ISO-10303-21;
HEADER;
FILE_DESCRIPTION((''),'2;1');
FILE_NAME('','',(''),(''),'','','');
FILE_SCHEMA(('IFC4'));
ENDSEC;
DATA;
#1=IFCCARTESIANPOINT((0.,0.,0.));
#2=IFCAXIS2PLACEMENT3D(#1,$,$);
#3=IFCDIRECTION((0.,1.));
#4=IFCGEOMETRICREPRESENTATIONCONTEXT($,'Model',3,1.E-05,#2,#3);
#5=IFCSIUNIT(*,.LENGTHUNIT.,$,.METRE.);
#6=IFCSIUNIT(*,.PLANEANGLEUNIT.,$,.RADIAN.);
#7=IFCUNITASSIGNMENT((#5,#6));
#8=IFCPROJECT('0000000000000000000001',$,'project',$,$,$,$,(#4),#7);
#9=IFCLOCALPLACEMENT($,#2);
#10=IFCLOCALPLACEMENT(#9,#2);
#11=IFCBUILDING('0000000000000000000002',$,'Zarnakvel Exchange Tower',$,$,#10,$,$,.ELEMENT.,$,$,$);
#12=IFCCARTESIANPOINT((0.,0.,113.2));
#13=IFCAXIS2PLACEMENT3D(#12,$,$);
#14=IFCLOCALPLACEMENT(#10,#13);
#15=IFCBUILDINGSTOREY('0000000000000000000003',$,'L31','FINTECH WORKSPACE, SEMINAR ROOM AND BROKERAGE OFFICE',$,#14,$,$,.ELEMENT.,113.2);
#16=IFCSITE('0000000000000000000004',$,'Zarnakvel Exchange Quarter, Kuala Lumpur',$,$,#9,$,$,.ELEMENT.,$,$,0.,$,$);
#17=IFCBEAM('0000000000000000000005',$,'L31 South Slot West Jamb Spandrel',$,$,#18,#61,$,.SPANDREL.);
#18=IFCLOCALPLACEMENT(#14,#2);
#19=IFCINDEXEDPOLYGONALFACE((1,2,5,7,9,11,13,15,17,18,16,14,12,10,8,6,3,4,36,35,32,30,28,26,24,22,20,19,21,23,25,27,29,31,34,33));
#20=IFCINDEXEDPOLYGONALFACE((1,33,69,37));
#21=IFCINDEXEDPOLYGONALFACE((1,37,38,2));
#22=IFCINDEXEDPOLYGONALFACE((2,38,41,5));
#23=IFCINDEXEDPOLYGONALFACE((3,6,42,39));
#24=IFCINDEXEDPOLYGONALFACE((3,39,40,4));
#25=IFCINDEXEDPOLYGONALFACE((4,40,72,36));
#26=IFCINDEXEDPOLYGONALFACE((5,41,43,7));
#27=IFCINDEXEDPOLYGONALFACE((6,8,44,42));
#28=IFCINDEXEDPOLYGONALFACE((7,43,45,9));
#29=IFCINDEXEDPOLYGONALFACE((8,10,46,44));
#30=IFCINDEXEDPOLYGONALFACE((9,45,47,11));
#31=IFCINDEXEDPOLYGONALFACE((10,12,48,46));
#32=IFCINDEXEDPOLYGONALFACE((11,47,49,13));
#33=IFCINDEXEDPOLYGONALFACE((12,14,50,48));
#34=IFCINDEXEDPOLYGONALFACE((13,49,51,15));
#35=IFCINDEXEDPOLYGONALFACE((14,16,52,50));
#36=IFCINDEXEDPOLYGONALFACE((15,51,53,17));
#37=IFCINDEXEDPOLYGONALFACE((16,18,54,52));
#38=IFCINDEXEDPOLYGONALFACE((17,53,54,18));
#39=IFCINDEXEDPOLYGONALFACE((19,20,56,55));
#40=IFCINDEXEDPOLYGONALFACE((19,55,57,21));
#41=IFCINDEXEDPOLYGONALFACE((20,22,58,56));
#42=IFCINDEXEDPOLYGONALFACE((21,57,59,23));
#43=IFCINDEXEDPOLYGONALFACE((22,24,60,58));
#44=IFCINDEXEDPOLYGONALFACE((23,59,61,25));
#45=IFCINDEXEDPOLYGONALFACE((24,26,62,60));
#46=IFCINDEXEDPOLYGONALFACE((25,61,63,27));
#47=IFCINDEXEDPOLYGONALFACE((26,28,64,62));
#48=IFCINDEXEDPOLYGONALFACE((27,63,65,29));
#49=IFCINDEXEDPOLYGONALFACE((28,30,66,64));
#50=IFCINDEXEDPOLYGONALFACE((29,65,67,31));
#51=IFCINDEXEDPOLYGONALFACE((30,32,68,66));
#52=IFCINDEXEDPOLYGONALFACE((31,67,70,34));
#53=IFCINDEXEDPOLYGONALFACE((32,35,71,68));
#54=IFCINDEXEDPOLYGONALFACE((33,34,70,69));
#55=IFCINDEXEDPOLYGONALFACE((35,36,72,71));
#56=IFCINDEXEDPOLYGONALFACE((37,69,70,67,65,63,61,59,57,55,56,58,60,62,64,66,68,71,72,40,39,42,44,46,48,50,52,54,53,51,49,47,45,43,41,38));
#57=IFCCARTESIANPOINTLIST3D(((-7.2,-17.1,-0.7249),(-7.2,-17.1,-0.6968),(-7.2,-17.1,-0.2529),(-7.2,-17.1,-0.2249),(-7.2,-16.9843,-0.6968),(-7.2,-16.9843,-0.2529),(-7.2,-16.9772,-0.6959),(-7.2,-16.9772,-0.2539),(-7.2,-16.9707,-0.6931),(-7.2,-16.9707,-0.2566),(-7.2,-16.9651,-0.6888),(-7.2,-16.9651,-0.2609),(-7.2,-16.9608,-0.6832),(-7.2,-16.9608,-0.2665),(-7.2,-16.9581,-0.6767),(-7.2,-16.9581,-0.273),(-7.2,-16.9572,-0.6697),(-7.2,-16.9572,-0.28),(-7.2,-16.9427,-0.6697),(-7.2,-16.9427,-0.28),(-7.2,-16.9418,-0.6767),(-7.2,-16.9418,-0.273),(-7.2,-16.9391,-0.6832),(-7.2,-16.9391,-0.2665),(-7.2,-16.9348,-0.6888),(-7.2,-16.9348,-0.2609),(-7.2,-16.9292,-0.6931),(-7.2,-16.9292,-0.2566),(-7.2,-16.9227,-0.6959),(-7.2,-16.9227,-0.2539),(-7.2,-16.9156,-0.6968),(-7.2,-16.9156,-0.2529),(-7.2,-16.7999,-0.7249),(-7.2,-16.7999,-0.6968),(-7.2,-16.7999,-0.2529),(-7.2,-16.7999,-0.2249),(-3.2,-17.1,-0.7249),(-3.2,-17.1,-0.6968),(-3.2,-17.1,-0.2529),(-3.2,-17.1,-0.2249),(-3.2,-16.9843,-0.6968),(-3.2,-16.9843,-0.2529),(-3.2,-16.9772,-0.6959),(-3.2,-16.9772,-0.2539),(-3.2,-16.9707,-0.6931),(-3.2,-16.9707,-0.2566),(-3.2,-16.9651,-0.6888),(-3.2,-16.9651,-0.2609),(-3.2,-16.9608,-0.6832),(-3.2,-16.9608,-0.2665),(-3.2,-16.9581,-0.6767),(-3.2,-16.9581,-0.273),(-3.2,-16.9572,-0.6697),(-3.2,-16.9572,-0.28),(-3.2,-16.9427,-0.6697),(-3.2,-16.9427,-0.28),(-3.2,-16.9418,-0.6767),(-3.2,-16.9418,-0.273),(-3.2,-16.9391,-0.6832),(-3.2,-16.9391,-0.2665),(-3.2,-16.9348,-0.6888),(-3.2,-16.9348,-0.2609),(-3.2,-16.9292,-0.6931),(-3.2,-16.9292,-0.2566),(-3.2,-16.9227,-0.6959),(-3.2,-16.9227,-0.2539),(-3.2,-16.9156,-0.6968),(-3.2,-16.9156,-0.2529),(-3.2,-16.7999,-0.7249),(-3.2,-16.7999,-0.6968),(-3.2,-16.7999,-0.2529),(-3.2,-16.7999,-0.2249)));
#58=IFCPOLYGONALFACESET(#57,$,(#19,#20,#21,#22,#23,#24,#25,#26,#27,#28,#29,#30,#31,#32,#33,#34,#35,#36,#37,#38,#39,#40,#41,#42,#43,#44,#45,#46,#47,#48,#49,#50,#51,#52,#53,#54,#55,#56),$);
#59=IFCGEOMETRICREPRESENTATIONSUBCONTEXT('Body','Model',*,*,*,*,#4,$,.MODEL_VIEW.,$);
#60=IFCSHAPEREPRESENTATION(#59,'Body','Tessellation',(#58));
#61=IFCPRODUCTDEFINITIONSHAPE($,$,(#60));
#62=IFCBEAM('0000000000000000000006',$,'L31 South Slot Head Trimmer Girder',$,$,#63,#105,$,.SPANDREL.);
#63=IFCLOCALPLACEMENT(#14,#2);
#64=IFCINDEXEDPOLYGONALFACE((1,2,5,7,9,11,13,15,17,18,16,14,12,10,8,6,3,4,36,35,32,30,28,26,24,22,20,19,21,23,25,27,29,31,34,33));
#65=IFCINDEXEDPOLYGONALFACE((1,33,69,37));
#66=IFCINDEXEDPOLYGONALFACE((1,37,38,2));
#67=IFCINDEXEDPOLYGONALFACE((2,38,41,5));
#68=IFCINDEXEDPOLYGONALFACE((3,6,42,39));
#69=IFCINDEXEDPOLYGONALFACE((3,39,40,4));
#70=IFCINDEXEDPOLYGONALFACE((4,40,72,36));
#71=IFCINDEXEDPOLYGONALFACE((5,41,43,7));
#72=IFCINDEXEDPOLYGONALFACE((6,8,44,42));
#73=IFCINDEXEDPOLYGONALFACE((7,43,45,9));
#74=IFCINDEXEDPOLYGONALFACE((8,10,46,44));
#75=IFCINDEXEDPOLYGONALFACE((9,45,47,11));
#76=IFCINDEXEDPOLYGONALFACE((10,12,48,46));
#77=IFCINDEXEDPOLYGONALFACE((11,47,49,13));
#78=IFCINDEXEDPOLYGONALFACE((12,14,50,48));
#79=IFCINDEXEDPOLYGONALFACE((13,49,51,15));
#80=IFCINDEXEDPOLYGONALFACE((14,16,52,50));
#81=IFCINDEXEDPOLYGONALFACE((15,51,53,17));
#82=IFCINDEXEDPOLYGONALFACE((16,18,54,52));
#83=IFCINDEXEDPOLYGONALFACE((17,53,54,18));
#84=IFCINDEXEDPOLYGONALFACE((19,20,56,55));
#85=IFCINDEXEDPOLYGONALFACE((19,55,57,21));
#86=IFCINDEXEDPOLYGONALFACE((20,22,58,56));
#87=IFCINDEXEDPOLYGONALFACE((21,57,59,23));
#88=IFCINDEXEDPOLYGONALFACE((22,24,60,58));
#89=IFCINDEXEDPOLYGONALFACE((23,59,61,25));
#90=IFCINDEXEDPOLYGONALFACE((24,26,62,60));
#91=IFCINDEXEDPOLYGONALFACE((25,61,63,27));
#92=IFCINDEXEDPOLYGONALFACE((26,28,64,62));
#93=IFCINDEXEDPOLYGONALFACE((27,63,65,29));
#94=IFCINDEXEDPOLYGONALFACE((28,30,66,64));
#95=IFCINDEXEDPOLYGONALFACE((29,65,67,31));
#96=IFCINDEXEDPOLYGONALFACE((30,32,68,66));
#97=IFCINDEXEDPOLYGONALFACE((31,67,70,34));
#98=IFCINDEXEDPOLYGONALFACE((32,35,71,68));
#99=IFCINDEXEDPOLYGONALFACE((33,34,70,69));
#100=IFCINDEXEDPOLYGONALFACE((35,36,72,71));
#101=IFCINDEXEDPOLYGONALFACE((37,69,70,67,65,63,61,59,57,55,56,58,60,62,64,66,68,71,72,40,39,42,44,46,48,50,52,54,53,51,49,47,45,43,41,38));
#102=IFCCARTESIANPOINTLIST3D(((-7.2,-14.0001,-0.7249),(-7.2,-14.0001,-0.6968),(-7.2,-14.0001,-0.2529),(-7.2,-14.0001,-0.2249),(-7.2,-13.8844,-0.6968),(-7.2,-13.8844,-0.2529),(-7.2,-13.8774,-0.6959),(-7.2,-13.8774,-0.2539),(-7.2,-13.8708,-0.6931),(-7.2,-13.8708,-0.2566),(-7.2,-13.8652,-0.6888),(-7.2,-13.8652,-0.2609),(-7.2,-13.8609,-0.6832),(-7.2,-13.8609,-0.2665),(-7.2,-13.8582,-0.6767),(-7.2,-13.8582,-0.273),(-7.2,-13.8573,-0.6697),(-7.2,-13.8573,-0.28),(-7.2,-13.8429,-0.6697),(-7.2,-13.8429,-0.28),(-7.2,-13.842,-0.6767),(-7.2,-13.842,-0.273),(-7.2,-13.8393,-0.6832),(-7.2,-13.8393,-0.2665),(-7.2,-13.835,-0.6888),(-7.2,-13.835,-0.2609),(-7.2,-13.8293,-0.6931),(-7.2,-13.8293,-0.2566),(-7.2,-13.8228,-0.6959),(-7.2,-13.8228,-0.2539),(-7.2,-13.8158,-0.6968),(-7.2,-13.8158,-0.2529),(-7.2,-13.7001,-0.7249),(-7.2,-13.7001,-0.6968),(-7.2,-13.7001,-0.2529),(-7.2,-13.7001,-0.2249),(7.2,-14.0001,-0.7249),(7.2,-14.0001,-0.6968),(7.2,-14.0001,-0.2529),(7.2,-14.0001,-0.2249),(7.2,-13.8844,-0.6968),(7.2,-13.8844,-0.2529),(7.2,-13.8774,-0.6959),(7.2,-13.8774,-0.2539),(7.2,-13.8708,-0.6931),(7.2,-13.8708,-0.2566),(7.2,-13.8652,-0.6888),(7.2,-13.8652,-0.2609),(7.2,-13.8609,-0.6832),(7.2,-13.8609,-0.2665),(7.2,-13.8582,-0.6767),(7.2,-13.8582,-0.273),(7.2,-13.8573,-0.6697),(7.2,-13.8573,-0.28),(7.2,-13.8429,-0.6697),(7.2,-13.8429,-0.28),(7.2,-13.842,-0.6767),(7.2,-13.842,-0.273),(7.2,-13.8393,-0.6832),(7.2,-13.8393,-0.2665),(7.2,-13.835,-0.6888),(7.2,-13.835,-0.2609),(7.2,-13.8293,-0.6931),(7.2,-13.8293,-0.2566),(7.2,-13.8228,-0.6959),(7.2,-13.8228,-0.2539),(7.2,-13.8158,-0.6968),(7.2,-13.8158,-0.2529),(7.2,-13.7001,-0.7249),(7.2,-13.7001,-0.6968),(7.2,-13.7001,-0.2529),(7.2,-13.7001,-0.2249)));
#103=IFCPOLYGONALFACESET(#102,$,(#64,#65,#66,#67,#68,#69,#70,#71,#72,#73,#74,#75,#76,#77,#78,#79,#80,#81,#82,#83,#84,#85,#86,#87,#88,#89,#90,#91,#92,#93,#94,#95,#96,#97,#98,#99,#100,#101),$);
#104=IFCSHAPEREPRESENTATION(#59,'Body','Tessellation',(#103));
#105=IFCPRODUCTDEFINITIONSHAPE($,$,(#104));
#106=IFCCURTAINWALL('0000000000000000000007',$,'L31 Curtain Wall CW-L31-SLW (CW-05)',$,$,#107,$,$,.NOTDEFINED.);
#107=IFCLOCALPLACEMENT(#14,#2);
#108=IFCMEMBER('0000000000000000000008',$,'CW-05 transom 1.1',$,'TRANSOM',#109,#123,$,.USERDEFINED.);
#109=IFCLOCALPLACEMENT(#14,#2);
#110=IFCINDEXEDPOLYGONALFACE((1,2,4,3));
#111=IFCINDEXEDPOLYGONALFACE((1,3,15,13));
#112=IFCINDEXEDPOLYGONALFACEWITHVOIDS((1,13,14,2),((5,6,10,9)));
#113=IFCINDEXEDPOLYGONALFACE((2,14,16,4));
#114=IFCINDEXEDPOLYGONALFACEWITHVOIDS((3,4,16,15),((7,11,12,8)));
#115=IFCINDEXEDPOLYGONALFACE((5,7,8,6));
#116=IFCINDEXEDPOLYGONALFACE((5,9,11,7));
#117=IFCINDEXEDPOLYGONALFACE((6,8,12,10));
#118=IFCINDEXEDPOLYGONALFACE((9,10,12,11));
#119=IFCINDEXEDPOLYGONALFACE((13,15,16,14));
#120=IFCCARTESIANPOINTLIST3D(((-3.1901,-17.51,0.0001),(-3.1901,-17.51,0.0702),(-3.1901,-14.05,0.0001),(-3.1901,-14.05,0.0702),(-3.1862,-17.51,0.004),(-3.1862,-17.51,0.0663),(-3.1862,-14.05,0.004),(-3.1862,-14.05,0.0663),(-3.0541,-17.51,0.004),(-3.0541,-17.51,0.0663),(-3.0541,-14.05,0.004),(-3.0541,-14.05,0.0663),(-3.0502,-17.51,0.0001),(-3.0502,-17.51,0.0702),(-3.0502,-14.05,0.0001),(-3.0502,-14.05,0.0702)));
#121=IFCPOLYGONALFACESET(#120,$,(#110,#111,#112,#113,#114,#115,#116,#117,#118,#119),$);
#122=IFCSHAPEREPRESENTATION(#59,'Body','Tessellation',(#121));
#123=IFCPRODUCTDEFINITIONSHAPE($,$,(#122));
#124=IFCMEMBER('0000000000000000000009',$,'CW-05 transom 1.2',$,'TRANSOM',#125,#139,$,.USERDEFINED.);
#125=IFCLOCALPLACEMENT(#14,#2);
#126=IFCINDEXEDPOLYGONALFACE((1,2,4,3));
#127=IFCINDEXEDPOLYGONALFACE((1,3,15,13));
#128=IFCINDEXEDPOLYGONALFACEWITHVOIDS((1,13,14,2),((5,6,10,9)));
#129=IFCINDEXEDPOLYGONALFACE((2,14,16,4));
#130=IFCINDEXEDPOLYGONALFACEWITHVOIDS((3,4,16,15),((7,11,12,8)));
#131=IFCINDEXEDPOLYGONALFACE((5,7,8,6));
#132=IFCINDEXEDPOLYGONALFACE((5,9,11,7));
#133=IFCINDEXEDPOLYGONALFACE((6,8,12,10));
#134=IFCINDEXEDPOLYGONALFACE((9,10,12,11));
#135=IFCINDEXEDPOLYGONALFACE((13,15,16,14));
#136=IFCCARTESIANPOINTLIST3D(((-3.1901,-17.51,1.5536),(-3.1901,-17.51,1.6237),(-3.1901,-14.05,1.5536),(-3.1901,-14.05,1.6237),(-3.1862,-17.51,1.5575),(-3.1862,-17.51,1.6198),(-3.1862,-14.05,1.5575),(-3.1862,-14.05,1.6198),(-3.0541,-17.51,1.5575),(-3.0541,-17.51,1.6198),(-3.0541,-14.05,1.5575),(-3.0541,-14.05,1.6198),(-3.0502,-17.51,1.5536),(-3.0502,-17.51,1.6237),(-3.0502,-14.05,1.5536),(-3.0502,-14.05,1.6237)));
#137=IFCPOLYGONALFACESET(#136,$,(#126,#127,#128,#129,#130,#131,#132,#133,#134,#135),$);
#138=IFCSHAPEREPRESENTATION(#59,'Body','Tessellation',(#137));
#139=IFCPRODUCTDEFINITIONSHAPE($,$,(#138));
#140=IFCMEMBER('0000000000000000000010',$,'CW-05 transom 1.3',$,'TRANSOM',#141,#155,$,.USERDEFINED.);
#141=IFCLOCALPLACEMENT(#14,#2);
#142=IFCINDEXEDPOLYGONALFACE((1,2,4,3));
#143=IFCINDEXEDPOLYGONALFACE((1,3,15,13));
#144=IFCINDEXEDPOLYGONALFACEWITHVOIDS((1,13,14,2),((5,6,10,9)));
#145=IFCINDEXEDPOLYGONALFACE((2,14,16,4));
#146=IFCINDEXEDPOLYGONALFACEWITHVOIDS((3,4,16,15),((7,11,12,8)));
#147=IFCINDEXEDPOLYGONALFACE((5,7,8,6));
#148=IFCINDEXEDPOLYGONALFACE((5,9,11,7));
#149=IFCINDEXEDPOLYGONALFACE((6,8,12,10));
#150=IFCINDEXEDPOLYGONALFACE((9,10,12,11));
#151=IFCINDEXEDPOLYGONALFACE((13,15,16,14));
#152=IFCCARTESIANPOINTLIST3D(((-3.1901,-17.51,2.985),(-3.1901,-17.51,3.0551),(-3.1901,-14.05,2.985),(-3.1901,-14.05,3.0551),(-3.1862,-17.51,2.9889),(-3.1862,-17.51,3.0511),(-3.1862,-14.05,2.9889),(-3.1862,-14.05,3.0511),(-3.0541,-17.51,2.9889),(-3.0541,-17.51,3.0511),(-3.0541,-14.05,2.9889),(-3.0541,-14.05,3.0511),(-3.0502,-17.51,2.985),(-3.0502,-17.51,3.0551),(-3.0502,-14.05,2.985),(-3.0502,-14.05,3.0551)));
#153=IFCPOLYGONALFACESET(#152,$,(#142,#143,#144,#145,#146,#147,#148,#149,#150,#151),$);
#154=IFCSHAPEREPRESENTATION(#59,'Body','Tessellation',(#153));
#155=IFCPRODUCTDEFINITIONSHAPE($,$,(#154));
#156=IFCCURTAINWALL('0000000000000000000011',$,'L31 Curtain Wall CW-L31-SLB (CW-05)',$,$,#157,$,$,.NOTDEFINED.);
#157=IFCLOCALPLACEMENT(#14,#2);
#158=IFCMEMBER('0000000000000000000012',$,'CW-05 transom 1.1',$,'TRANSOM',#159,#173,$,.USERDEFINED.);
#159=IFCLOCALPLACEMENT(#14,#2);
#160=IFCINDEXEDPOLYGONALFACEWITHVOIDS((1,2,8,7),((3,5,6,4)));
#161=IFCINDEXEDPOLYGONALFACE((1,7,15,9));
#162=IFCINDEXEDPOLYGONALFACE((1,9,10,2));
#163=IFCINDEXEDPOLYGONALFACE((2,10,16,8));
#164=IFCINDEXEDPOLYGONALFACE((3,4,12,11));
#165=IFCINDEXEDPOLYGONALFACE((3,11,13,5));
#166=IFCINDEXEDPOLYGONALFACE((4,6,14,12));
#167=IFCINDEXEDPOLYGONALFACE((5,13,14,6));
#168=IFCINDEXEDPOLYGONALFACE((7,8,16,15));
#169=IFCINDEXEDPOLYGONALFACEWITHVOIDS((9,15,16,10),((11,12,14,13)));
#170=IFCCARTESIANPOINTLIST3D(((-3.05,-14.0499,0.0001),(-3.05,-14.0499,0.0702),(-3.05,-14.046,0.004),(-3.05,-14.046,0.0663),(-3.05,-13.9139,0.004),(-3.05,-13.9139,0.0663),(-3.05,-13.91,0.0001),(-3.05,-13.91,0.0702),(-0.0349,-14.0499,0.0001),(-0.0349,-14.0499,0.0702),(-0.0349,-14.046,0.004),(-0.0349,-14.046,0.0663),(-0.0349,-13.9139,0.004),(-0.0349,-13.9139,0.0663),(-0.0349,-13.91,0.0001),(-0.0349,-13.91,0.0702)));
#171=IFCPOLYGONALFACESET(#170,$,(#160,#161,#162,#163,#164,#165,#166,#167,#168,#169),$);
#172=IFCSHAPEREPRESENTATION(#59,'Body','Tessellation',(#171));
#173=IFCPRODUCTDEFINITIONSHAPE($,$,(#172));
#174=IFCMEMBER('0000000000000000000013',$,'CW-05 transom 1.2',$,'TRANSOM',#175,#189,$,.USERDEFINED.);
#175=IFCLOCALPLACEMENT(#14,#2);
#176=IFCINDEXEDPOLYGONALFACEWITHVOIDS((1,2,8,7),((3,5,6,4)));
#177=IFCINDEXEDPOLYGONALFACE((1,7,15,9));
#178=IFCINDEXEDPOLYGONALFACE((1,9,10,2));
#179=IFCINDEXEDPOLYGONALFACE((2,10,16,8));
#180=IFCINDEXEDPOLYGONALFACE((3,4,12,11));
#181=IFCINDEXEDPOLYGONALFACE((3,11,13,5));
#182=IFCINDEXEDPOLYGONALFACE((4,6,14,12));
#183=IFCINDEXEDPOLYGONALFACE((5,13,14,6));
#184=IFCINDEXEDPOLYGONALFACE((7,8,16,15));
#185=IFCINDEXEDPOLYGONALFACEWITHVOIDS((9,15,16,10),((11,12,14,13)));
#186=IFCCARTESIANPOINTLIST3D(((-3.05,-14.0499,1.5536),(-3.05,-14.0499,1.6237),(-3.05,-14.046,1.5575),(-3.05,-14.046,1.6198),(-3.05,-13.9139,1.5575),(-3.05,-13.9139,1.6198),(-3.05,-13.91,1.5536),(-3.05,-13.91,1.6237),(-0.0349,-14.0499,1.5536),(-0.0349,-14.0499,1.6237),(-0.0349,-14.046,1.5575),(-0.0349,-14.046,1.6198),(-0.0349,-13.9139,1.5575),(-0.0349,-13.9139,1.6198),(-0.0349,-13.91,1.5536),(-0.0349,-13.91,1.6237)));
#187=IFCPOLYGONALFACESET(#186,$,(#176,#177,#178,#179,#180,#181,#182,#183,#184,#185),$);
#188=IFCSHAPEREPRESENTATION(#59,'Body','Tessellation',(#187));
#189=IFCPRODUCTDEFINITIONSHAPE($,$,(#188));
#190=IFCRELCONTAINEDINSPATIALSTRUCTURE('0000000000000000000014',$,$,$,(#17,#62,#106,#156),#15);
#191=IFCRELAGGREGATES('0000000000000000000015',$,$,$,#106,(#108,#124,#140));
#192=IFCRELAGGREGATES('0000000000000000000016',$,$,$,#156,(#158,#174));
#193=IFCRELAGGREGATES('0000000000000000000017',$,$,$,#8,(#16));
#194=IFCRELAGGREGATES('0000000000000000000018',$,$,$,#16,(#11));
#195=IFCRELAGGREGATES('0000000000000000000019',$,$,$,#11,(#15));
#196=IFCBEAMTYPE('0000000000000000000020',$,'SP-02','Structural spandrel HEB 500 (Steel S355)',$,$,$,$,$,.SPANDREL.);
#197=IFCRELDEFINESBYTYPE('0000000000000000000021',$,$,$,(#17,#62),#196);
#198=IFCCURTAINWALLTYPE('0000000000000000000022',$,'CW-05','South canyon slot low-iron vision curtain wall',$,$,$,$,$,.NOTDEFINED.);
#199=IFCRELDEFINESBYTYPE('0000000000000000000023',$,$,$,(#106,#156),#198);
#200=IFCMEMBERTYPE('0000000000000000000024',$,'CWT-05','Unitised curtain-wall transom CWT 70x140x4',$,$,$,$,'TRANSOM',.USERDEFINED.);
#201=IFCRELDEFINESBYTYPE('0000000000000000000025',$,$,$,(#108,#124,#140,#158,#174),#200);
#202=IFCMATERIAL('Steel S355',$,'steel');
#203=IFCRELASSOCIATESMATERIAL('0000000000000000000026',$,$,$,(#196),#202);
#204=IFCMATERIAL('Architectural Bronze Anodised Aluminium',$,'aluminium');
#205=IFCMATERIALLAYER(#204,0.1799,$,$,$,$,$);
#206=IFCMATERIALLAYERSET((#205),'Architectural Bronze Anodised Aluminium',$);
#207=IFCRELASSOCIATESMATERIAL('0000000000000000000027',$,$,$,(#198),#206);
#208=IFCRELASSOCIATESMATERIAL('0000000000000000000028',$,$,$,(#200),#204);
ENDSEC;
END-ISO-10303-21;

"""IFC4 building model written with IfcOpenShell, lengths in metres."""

from ifc_helpers import new_model, si_unit, direction, frame, origin, origin_2d, place, context, subcontext, project, spatial, hollow_rectangle, i_section, extrude, source, transform, mapped, material, layer, layer_set, material_profile, profile_set, type_object, element, aggregate, save


model = new_model("IFC4")

# Units and contexts
model_context = context("Model", 3, precision=1e-05, world=origin(), true_north=direction((0.0, 1.0)))
body_context = subcontext(model_context, "Body", "Model", "MODEL_VIEW")
ifc_project = project(units=[si_unit("LENGTHUNIT", "METRE"), si_unit("PLANEANGLEUNIT", "RADIAN")], contexts=[model_context])

# Site, building, storey
site_placement = place(None, origin())
site = spatial("IfcSite", under=ifc_project, at=site_placement, Name="Zarnakvel Exchange Quarter, Kuala Lumpur", CompositionType="ELEMENT", RefElevation=0.0)
building_placement = place(site_placement, origin())
building = spatial("IfcBuilding", under=site, at=building_placement, Name="Zarnakvel Exchange Tower", CompositionType="ELEMENT")
storey_placement = place(building_placement, frame((0.0, 0.0, 113.2)))
storey = spatial("IfcBuildingStorey", under=building, at=storey_placement, Name="L31", Description="FINTECH WORKSPACE, SEMINAR ROOM AND BROKERAGE OFFICE", CompositionType="ELEMENT", Elevation=113.2)

# Beams
ifc_material_1 = material(Name="Steel S355", Category="steel")
ifc_material_profile_1 = material_profile(ifc_material_1, i_section(OverallWidth=0.3, OverallDepth=0.5, WebThickness=0.0144, FlangeThickness=0.0281, FilletRadius=0.0271, at=origin_2d()))
ifc_profile_set_1 = profile_set([ifc_material_profile_1], Name="Steel S355")
beam_type_1 = type_object("IfcBeamType", Name="SP-02", Description="Structural spandrel HEB 500 (Steel S355)", PredefinedType="SPANDREL", material=ifc_profile_set_1)
beam_1_placement = place(storey_placement, frame((-7.2, -16.95, -0.4749), z_axis=(1.0, 0.0, 0.0), x_axis=(0.0, 1.0, 0.0)))
element("IfcBeam", 1, at=beam_1_placement, inside=storey, type_object=beam_type_1, Name="L31 South Slot West Jamb Spandrel", PredefinedType="SPANDREL", context=body_context, shape_type="SweptSolid", body=[
    extrude(i_section(OverallWidth=0.3, OverallDepth=0.5, WebThickness=0.0144, FlangeThickness=0.0281, FilletRadius=0.0271, at=origin_2d()), origin(), (0.0, 0.0, 1.0), 4.0),
])
beam_2_placement = place(storey_placement, frame((-7.2, -13.8501, -0.4749), z_axis=(1.0, 0.0, 0.0), x_axis=(0.0, 1.0, 0.0)))
element("IfcBeam", 2, at=beam_2_placement, inside=storey, type_object=beam_type_1, Name="L31 South Slot Head Trimmer Girder", PredefinedType="SPANDREL", context=body_context, shape_type="SweptSolid", body=[
    extrude(i_section(OverallWidth=0.3, OverallDepth=0.5, WebThickness=0.0144, FlangeThickness=0.0281, FilletRadius=0.0271, at=origin_2d()), origin(), (0.0, 0.0, 1.0), 14.3999),
])

# Curtain walls, members
ifc_material_2 = material(Name="Architectural Bronze Anodised Aluminium", Category="aluminium")
ifc_layer_1 = layer(ifc_material_2, 0.1799)
ifc_layer_set_1 = layer_set([ifc_layer_1], Name="Architectural Bronze Anodised Aluminium")
curtain_wall_type = type_object("IfcCurtainWallType", Name="CW-05", Description="South canyon slot low-iron vision curtain wall", PredefinedType="NOTDEFINED", material=ifc_layer_set_1)
curtain_wall_1_placement = place(storey_placement, origin())
curtain_wall_1 = element("IfcCurtainWall", 3, at=curtain_wall_1_placement, inside=storey, type_object=curtain_wall_type, Name="L31 Curtain Wall CW-L31-SLW (CW-05)", PredefinedType="NOTDEFINED")
ifc_material_profile_2 = material_profile(ifc_material_2, hollow_rectangle(XDim=0.1399, YDim=0.0701, WallThickness=0.0039, at=origin_2d()))
ifc_profile_set_2 = profile_set([ifc_material_profile_2], Name="Architectural Bronze Anodised Aluminium")
member_type_1 = type_object("IfcMemberType", Name="CWT-05", Description="Unitised curtain-wall transom CWT 70x140x4", ElementType="TRANSOM", PredefinedType="USERDEFINED", material=ifc_profile_set_2)
shared_shape_1 = source(origin(), body_context, "Body", "SweptSolid", [
    extrude(hollow_rectangle(XDim=0.1399, YDim=0.0701, WallThickness=0.0039, at=origin_2d()), origin(), (0.0, 0.0, 1.0), 3.46),
])
member_1_placement = place(storey_placement, frame((-3.1201, -17.51, 0.0352), z_axis=(0.0, 1.0, 0.0), x_axis=(-1.0, 0.0, 0.0)))
member_1 = element("IfcMember", 4, at=member_1_placement, type_object=member_type_1, Name="CW-05 transom 1.1", ObjectType="TRANSOM", PredefinedType="USERDEFINED", context=body_context, shape_type="MappedRepresentation", body=[
    mapped(shared_shape_1, transform((0.0, 0.0, 0.0), x_axis=(1.0, 0.0, 0.0), y_axis=(0.0, 1.0, 0.0), z_axis=(0.0, 0.0, 1.0), scale=1.0)),
])
member_2_placement = place(storey_placement, frame((-3.1201, -17.51, 1.5886), z_axis=(0.0, 1.0, 0.0), x_axis=(-1.0, 0.0, 0.0)))
member_2 = element("IfcMember", 5, at=member_2_placement, type_object=member_type_1, Name="CW-05 transom 1.2", ObjectType="TRANSOM", PredefinedType="USERDEFINED", context=body_context, shape_type="MappedRepresentation", body=[
    mapped(shared_shape_1, transform((0.0, 0.0, 0.0), x_axis=(1.0, 0.0, 0.0), y_axis=(0.0, 1.0, 0.0), z_axis=(0.0, 0.0, 1.0), scale=1.0)),
])
member_3_placement = place(storey_placement, frame((-3.1201, -17.51, 3.02), z_axis=(0.0, 1.0, 0.0), x_axis=(-1.0, 0.0, 0.0)))
member_3 = element("IfcMember", 6, at=member_3_placement, type_object=member_type_1, Name="CW-05 transom 1.3", ObjectType="TRANSOM", PredefinedType="USERDEFINED", context=body_context, shape_type="MappedRepresentation", body=[
    mapped(shared_shape_1, transform((0.0, 0.0, 0.0), x_axis=(1.0, 0.0, 0.0), y_axis=(0.0, 1.0, 0.0), z_axis=(0.0, 0.0, 1.0), scale=1.0)),
])
curtain_wall_2_placement = place(storey_placement, origin())
curtain_wall_2 = element("IfcCurtainWall", 7, at=curtain_wall_2_placement, inside=storey, type_object=curtain_wall_type, Name="L31 Curtain Wall CW-L31-SLB (CW-05)", PredefinedType="NOTDEFINED")
shared_shape_2 = source(origin(), body_context, "Body", "SweptSolid", [
    extrude(hollow_rectangle(XDim=0.1399, YDim=0.0701, WallThickness=0.0039, at=origin_2d()), origin(), (0.0, 0.0, 1.0), 3.0151),
])
member_4_placement = place(storey_placement, frame((-3.05, -13.98, 0.0352), z_axis=(1.0, 0.0, 0.0), x_axis=(0.0, 1.0, 0.0)))
member_4 = element("IfcMember", 8, at=member_4_placement, type_object=member_type_1, Name="CW-05 transom 1.1", ObjectType="TRANSOM", PredefinedType="USERDEFINED", context=body_context, shape_type="MappedRepresentation", body=[
    mapped(shared_shape_2, transform((0.0, 0.0, 0.0), x_axis=(1.0, 0.0, 0.0), y_axis=(0.0, 1.0, 0.0), z_axis=(0.0, 0.0, 1.0), scale=1.0)),
])
member_5_placement = place(storey_placement, frame((-3.05, -13.98, 1.5886), z_axis=(1.0, 0.0, 0.0), x_axis=(0.0, 1.0, 0.0)))
member_5 = element("IfcMember", 9, at=member_5_placement, type_object=member_type_1, Name="CW-05 transom 1.2", ObjectType="TRANSOM", PredefinedType="USERDEFINED", context=body_context, shape_type="MappedRepresentation", body=[
    mapped(shared_shape_2, transform((0.0, 0.0, 0.0), x_axis=(1.0, 0.0, 0.0), y_axis=(0.0, 1.0, 0.0), z_axis=(0.0, 0.0, 1.0), scale=1.0)),
])

aggregate(curtain_wall_1, [member_1, member_2, member_3])
aggregate(curtain_wall_2, [member_4, member_5])

save(model, "model.ifc")
